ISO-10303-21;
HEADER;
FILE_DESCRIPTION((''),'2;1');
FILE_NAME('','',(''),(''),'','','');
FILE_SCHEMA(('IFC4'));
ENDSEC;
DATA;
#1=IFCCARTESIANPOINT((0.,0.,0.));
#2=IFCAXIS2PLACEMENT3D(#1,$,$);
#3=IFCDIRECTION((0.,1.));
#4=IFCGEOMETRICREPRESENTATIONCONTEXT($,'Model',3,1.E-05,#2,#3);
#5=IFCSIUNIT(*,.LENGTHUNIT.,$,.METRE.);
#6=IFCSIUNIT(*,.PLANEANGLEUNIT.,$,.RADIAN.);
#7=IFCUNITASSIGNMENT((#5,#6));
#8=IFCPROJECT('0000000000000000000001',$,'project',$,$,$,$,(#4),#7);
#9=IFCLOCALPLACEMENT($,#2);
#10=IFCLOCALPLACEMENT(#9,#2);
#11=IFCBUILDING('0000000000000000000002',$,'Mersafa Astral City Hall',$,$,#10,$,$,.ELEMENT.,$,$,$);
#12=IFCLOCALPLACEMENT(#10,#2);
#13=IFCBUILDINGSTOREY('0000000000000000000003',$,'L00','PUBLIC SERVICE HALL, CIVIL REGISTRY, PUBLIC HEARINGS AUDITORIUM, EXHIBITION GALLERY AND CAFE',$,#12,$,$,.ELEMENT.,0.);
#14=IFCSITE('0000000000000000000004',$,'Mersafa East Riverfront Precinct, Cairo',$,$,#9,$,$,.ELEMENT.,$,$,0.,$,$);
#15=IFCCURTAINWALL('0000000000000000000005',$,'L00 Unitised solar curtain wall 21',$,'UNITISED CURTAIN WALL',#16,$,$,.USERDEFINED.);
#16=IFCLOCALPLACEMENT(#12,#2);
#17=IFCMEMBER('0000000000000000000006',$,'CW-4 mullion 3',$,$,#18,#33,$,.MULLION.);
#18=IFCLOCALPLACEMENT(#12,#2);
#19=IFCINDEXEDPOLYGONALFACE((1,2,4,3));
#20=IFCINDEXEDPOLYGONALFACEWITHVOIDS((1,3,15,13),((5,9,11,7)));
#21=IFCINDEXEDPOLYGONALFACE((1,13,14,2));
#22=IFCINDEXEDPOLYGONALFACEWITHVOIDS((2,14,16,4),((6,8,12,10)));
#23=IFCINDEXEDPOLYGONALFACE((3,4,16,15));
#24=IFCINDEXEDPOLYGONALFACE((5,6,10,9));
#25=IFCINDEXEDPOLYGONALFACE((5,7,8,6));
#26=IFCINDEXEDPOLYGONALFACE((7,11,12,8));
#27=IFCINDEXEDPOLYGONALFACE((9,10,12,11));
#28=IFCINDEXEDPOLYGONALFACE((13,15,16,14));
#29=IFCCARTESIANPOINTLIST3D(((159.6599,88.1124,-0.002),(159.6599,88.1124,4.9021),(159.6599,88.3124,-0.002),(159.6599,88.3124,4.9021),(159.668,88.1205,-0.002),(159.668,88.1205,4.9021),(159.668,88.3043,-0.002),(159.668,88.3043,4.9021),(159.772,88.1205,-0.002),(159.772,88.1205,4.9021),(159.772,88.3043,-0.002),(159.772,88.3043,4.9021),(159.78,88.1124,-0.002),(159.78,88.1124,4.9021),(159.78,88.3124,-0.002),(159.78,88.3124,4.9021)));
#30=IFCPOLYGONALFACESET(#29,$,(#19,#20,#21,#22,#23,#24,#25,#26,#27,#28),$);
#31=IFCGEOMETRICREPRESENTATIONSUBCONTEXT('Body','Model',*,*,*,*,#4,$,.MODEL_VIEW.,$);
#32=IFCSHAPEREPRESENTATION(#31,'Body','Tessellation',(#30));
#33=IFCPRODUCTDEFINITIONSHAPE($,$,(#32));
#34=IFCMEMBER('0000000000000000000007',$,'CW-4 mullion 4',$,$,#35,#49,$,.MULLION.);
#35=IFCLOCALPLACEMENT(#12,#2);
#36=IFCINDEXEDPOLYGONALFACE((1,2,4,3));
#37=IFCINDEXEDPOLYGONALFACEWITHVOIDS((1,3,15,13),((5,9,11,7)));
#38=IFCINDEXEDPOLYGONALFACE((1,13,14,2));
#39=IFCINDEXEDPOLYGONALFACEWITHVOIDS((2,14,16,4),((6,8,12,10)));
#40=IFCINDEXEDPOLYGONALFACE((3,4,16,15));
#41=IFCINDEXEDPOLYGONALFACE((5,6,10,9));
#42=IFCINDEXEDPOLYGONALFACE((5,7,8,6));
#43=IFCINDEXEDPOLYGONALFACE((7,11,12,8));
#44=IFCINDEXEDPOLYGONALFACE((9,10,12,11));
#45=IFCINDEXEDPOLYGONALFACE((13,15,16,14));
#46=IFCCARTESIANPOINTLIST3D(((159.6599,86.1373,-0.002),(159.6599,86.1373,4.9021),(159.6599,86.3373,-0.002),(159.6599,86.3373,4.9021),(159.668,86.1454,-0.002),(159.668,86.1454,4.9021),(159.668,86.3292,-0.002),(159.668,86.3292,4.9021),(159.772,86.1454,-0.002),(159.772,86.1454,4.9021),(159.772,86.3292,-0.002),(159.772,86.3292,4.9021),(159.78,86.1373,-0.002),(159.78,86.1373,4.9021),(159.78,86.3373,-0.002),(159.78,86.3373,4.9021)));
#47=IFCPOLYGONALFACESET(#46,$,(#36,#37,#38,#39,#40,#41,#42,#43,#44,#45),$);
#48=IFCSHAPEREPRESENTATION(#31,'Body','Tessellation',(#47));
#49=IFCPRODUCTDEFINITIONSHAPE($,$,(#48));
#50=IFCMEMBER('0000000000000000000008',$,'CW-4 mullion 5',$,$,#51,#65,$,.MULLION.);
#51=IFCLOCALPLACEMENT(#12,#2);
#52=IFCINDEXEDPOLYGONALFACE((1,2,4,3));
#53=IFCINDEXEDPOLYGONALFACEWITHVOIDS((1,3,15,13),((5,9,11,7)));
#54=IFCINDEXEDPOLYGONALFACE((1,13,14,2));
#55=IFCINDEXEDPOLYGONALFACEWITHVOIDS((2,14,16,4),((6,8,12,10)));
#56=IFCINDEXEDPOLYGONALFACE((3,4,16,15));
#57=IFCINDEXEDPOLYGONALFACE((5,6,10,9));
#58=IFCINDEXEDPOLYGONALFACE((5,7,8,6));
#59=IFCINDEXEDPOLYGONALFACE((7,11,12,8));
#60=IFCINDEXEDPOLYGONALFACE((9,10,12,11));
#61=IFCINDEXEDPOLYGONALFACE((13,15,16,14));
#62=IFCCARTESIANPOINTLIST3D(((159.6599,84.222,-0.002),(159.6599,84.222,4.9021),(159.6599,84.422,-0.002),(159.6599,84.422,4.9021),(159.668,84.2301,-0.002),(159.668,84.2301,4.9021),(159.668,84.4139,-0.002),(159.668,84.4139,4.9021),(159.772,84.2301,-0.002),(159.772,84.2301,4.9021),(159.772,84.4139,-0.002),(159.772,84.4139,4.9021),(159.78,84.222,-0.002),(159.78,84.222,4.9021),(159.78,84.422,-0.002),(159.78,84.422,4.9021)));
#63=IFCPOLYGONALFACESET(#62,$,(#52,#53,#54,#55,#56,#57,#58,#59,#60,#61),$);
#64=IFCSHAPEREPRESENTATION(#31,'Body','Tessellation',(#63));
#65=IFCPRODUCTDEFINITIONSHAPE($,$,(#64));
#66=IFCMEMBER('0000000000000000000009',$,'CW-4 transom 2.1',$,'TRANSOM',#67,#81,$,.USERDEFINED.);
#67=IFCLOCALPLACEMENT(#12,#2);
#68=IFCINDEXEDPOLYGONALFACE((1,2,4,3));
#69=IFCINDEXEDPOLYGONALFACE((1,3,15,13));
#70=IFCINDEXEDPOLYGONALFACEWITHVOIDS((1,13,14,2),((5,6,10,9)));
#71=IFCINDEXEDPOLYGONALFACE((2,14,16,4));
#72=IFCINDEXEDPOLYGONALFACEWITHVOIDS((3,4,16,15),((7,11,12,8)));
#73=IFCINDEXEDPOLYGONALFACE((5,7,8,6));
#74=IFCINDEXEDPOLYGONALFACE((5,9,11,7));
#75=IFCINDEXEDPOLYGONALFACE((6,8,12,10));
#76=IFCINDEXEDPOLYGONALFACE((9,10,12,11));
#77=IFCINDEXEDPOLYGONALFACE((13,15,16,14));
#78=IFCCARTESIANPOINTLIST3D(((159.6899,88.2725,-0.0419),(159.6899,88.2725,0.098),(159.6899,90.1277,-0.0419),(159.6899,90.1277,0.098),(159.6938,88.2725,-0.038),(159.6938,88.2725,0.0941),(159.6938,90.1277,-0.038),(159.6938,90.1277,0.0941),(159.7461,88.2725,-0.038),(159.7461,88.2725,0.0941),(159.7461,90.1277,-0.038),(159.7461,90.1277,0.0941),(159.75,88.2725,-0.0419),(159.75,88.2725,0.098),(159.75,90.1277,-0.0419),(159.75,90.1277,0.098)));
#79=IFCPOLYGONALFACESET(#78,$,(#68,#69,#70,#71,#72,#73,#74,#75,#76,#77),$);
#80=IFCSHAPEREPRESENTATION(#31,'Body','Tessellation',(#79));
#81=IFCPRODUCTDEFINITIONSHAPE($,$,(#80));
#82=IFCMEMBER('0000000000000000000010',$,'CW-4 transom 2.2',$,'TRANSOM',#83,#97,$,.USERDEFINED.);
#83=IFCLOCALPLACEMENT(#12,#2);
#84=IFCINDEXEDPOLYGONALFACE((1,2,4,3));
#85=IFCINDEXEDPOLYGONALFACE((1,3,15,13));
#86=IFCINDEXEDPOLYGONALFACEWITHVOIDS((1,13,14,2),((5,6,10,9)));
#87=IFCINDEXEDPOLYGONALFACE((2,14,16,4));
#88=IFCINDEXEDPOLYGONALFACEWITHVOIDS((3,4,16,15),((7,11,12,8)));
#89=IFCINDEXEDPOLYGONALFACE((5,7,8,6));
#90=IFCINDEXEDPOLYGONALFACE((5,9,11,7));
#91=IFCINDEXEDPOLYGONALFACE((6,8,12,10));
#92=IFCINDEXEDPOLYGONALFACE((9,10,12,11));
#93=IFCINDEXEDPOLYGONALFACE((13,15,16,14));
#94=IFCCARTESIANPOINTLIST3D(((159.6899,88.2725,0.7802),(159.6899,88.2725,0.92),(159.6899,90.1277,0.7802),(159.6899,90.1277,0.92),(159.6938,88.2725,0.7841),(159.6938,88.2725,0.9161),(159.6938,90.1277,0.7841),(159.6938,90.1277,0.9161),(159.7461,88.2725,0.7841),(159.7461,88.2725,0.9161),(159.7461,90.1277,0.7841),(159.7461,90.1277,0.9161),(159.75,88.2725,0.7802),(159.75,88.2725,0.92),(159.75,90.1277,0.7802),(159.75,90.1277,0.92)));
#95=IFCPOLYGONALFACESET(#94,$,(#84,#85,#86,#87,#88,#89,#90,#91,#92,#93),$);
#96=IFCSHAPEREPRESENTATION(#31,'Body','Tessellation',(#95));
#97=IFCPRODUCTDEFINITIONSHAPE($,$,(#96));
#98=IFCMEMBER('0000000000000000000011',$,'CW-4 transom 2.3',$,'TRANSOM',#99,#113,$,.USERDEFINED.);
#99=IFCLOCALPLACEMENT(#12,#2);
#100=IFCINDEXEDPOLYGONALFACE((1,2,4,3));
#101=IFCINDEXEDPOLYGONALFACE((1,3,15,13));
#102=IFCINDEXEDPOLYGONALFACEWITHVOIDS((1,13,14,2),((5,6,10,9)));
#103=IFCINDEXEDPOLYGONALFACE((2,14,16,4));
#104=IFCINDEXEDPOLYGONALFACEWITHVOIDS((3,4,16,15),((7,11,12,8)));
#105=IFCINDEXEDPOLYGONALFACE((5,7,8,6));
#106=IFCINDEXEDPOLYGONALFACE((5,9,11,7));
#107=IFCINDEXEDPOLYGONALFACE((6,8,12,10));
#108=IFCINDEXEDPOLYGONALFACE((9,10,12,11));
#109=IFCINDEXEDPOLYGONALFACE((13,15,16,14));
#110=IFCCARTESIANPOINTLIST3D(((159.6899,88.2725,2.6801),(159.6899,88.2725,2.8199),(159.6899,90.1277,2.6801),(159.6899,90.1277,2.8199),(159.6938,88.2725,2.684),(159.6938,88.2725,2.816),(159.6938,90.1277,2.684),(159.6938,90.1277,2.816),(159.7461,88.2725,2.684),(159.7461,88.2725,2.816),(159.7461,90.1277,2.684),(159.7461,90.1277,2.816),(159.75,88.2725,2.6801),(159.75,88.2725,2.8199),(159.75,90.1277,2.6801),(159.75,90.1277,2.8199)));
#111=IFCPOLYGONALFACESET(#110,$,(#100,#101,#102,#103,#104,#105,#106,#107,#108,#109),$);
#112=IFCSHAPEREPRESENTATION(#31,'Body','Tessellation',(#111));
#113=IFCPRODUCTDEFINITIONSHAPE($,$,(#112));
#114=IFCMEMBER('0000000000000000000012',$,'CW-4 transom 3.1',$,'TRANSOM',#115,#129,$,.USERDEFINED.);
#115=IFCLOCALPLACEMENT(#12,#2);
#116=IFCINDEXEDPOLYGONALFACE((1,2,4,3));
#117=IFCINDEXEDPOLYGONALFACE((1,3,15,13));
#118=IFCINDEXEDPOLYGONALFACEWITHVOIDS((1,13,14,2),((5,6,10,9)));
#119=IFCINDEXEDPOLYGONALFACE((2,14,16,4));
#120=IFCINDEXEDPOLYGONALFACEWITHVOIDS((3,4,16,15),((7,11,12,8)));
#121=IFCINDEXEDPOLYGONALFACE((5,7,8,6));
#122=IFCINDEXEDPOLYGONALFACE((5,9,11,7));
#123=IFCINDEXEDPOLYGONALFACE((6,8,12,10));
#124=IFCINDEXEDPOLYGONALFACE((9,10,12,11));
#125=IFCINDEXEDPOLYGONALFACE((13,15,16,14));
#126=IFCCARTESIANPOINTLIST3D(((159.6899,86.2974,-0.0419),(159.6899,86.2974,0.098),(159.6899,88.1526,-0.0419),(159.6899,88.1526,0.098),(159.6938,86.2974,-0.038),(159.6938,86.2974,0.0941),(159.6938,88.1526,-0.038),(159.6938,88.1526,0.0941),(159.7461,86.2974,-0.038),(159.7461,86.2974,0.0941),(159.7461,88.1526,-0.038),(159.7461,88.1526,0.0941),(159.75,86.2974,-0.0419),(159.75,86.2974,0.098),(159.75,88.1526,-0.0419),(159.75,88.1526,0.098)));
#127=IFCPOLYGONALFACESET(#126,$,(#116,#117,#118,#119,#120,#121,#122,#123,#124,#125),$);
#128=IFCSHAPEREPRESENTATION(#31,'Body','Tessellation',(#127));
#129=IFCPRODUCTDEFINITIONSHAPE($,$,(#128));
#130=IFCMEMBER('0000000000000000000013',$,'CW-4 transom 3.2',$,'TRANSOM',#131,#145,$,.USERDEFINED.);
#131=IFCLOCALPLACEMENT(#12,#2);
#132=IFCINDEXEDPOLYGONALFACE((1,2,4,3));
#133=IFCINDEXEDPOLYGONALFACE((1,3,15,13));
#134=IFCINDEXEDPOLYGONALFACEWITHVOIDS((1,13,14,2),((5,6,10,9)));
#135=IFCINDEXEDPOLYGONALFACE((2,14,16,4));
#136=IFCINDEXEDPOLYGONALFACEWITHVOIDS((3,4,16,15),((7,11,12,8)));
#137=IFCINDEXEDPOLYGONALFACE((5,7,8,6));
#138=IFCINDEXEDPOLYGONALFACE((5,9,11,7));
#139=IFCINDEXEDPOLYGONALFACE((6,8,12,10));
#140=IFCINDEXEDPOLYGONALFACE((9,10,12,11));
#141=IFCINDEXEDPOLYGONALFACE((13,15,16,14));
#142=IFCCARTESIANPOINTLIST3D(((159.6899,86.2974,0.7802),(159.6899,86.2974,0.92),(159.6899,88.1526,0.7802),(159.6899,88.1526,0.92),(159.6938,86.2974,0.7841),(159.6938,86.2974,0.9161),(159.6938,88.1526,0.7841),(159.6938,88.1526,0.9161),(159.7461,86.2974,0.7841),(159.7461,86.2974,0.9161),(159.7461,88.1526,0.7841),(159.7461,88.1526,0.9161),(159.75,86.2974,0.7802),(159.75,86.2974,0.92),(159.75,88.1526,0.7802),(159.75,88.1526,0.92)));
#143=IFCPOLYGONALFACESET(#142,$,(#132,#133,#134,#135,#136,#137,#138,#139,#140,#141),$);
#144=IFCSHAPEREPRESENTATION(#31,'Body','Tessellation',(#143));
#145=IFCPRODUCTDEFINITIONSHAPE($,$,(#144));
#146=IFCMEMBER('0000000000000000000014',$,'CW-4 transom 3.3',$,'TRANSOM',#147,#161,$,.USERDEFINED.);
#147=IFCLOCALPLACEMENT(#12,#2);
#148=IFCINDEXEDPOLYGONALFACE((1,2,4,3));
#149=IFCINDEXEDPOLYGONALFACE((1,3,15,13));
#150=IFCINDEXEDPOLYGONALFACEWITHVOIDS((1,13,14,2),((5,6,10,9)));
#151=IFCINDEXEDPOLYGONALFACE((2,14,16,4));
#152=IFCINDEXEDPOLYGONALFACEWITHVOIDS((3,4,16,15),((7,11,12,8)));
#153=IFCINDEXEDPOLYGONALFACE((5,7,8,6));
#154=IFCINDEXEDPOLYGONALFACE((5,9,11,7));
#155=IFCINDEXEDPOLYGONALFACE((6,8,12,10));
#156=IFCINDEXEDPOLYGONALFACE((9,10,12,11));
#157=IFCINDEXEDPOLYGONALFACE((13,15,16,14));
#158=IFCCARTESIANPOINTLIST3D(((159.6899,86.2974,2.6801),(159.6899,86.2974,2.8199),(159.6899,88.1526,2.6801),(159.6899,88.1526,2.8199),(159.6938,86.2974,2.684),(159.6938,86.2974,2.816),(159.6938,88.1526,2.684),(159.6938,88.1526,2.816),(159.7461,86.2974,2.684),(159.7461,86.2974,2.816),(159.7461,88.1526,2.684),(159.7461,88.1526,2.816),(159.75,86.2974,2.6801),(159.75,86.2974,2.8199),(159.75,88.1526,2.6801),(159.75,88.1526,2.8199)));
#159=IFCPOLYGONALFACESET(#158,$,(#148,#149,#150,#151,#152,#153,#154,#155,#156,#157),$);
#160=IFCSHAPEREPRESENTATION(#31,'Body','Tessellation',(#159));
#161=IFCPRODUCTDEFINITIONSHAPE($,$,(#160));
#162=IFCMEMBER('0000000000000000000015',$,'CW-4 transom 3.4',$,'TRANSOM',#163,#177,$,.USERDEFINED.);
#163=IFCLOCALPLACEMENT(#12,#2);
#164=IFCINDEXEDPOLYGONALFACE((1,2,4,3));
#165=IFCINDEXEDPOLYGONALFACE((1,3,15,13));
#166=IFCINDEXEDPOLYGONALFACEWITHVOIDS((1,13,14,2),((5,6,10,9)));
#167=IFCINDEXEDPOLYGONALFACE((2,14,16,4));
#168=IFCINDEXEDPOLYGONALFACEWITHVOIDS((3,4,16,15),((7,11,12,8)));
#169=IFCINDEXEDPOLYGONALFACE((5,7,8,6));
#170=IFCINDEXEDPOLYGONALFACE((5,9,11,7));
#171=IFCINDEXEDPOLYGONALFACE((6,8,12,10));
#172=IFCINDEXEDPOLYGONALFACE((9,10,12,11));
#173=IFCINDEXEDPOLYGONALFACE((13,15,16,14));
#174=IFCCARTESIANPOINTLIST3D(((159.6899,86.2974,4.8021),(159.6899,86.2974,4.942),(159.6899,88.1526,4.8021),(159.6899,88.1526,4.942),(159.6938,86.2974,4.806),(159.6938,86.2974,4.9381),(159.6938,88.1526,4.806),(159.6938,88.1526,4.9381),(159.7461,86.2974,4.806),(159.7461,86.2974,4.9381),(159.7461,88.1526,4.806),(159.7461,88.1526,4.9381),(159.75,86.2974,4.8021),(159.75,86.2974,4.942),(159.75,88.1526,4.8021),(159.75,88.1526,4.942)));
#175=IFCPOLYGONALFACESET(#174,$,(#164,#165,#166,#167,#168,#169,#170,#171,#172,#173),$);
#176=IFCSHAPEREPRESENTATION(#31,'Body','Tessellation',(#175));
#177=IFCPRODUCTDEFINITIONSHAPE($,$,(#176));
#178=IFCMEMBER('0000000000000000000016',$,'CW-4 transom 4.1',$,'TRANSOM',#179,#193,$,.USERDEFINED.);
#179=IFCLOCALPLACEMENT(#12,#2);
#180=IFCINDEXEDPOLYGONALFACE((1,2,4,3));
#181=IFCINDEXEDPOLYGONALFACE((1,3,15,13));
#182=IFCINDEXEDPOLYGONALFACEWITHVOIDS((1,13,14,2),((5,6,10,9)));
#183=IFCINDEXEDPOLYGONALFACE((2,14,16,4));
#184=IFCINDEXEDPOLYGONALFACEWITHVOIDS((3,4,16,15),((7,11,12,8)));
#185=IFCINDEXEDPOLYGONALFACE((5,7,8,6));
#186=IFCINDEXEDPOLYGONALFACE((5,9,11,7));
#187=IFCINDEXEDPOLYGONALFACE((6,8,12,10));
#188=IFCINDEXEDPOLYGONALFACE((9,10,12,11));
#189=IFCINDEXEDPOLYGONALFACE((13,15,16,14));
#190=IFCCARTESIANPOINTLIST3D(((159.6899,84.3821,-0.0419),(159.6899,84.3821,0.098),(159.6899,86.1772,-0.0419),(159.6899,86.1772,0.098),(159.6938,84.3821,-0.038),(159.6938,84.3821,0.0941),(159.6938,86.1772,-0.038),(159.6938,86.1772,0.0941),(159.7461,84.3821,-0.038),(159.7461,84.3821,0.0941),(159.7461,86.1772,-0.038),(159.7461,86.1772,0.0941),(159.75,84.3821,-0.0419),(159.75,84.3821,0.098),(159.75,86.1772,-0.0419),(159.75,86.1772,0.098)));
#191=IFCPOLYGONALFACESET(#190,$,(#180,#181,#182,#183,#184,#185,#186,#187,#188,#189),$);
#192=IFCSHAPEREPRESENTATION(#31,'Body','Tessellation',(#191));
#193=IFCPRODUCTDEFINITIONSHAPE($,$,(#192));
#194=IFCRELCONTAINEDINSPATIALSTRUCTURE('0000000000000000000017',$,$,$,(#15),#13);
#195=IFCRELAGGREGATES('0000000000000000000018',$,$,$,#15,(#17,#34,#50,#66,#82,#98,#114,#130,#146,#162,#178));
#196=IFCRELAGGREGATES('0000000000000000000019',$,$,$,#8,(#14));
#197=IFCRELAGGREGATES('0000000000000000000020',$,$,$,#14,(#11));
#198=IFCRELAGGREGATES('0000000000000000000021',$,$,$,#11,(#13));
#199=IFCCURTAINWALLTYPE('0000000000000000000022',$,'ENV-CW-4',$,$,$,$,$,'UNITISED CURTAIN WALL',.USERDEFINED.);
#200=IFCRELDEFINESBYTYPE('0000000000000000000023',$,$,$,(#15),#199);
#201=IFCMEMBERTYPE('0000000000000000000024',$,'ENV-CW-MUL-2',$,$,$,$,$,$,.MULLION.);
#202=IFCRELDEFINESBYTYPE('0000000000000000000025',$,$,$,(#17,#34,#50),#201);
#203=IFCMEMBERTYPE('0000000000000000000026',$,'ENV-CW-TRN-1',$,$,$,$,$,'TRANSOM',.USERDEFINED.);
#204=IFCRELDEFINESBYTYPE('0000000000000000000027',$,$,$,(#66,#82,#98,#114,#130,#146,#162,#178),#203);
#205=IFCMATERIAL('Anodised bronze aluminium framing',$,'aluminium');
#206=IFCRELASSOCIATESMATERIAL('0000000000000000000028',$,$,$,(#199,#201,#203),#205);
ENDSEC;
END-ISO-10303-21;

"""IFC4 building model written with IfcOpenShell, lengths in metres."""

from ifc_helpers import new_model, si_unit, direction, frame, origin, origin_2d, place, context, subcontext, project, spatial, hollow_rectangle, extrude, material, material_profile, profile_set, type_object, element, aggregate, save


model = new_model("IFC4")

# Units and contexts
model_context = context("Model", 3, precision=1e-05, world=origin(), true_north=direction((0.0, 1.0)))
body_context = subcontext(model_context, "Body", "Model", "MODEL_VIEW")
ifc_project = project(units=[si_unit("LENGTHUNIT", "METRE"), si_unit("PLANEANGLEUNIT", "RADIAN")], contexts=[model_context])

# Site, building, storey
site_placement = place(None, origin())
site = spatial("IfcSite", under=ifc_project, at=site_placement, Name="Mersafa East Riverfront Precinct, Cairo", CompositionType="ELEMENT", RefElevation=0.0)
building_placement = place(site_placement, origin())
building = spatial("IfcBuilding", under=site, at=building_placement, Name="Mersafa Astral City Hall", CompositionType="ELEMENT")
storey_placement = place(building_placement, origin())
storey = spatial("IfcBuildingStorey", under=building, at=storey_placement, Name="L00", Description="PUBLIC SERVICE HALL, CIVIL REGISTRY, PUBLIC HEARINGS AUDITORIUM, EXHIBITION GALLERY AND CAFE", CompositionType="ELEMENT", Elevation=0.0)

# Curtain wall, members
ifc_material_1 = material(Name="Anodised bronze aluminium framing", Category="aluminium")
curtain_wall_type = type_object("IfcCurtainWallType", Name="ENV-CW-4", ElementType="UNITISED CURTAIN WALL", PredefinedType="USERDEFINED", material=ifc_material_1)
curtain_wall_placement = place(storey_placement, origin())
curtain_wall = element("IfcCurtainWall", 1, at=curtain_wall_placement, inside=storey, type_object=curtain_wall_type, Name="L00 Unitised solar curtain wall 21", ObjectType="UNITISED CURTAIN WALL", PredefinedType="USERDEFINED")
ifc_material_profile_1 = material_profile(ifc_material_1, hollow_rectangle(XDim=0.1201, YDim=0.2, WallThickness=0.0081, at=origin_2d()), Name="RHS 120x200x8")
ifc_profile_set_1 = profile_set([ifc_material_profile_1], Name="Anodised bronze aluminium framing")
member_type_1 = type_object("IfcMemberType", Name="ENV-CW-MUL-2", PredefinedType="MULLION", material=ifc_profile_set_1)
member_1_placement = place(storey_placement, frame((159.72, 88.2124, -0.002), z_axis=(0.0, 0.0, 1.0), x_axis=(1.0, 0.0, 0.0)))
member_1 = element("IfcMember", 2, at=member_1_placement, type_object=member_type_1, Name="CW-4 mullion 3", PredefinedType="MULLION", context=body_context, shape_type="SweptSolid", body=[
    extrude(hollow_rectangle(XDim=0.1201, YDim=0.2, WallThickness=0.0081, at=origin_2d()), origin(), (0.0, 0.0, 1.0), 4.9041),
])
member_2_placement = place(storey_placement, frame((159.72, 86.2373, -0.002), z_axis=(0.0, 0.0, 1.0), x_axis=(1.0, 0.0, 0.0)))
member_2 = element("IfcMember", 3, at=member_2_placement, type_object=member_type_1, Name="CW-4 mullion 4", PredefinedType="MULLION", context=body_context, shape_type="SweptSolid", body=[
    extrude(hollow_rectangle(XDim=0.1201, YDim=0.2, WallThickness=0.0081, at=origin_2d()), origin(), (0.0, 0.0, 1.0), 4.9041),
])
member_3_placement = place(storey_placement, frame((159.72, 84.322, -0.002), z_axis=(0.0, 0.0, 1.0), x_axis=(1.0, 0.0, 0.0)))
member_3 = element("IfcMember", 4, at=member_3_placement, type_object=member_type_1, Name="CW-4 mullion 5", PredefinedType="MULLION", context=body_context, shape_type="SweptSolid", body=[
    extrude(hollow_rectangle(XDim=0.1201, YDim=0.2, WallThickness=0.0081, at=origin_2d()), origin(), (0.0, 0.0, 1.0), 4.9041),
])
ifc_material_profile_2 = material_profile(ifc_material_1, hollow_rectangle(XDim=0.0601, YDim=0.1399, WallThickness=0.0039, at=origin_2d()), Name="RHS 60x140x4")
ifc_profile_set_2 = profile_set([ifc_material_profile_2], Name="Anodised bronze aluminium framing")
member_type_2 = type_object("IfcMemberType", Name="ENV-CW-TRN-1", ElementType="TRANSOM", PredefinedType="USERDEFINED", material=ifc_profile_set_2)
member_4_placement = place(storey_placement, frame((159.72, 90.1277, 0.0281), z_axis=(0.0, -1.0, 0.0), x_axis=(1.0, 0.0, 0.0)))
member_4 = element("IfcMember", 5, at=member_4_placement, type_object=member_type_2, Name="CW-4 transom 2.1", ObjectType="TRANSOM", PredefinedType="USERDEFINED", context=body_context, shape_type="SweptSolid", body=[
    extrude(hollow_rectangle(XDim=0.0601, YDim=0.1399, WallThickness=0.0039, at=origin_2d()), origin(), (0.0, 0.0, 1.0), 1.8552),
])
member_5_placement = place(storey_placement, frame((159.72, 90.1277, 0.8501), z_axis=(0.0, -1.0, 0.0), x_axis=(1.0, 0.0, 0.0)))
member_5 = element("IfcMember", 6, at=member_5_placement, type_object=member_type_2, Name="CW-4 transom 2.2", ObjectType="TRANSOM", PredefinedType="USERDEFINED", context=body_context, shape_type="SweptSolid", body=[
    extrude(hollow_rectangle(XDim=0.0601, YDim=0.1399, WallThickness=0.0039, at=origin_2d()), origin(), (0.0, 0.0, 1.0), 1.8552),
])
member_6_placement = place(storey_placement, frame((159.72, 90.1277, 2.75), z_axis=(0.0, -1.0, 0.0), x_axis=(1.0, 0.0, 0.0)))
member_6 = element("IfcMember", 7, at=member_6_placement, type_object=member_type_2, Name="CW-4 transom 2.3", ObjectType="TRANSOM", PredefinedType="USERDEFINED", context=body_context, shape_type="SweptSolid", body=[
    extrude(hollow_rectangle(XDim=0.0601, YDim=0.1399, WallThickness=0.0039, at=origin_2d()), origin(), (0.0, 0.0, 1.0), 1.8552),
])
member_7_placement = place(storey_placement, frame((159.72, 88.1526, 0.0281), z_axis=(0.0, -1.0, 0.0), x_axis=(1.0, 0.0, 0.0)))
member_7 = element("IfcMember", 8, at=member_7_placement, type_object=member_type_2, Name="CW-4 transom 3.1", ObjectType="TRANSOM", PredefinedType="USERDEFINED", context=body_context, shape_type="SweptSolid", body=[
    extrude(hollow_rectangle(XDim=0.0601, YDim=0.1399, WallThickness=0.0039, at=origin_2d()), origin(), (0.0, 0.0, 1.0), 1.8552),
])
member_8_placement = place(storey_placement, frame((159.72, 88.1526, 0.8501), z_axis=(0.0, -1.0, 0.0), x_axis=(1.0, 0.0, 0.0)))
member_8 = element("IfcMember", 9, at=member_8_placement, type_object=member_type_2, Name="CW-4 transom 3.2", ObjectType="TRANSOM", PredefinedType="USERDEFINED", context=body_context, shape_type="SweptSolid", body=[
    extrude(hollow_rectangle(XDim=0.0601, YDim=0.1399, WallThickness=0.0039, at=origin_2d()), origin(), (0.0, 0.0, 1.0), 1.8552),
])
member_9_placement = place(storey_placement, frame((159.72, 88.1526, 2.75), z_axis=(0.0, -1.0, 0.0), x_axis=(1.0, 0.0, 0.0)))
member_9 = element("IfcMember", 10, at=member_9_placement, type_object=member_type_2, Name="CW-4 transom 3.3", ObjectType="TRANSOM", PredefinedType="USERDEFINED", context=body_context, shape_type="SweptSolid", body=[
    extrude(hollow_rectangle(XDim=0.0601, YDim=0.1399, WallThickness=0.0039, at=origin_2d()), origin(), (0.0, 0.0, 1.0), 1.8552),
])
member_10_placement = place(storey_placement, frame((159.72, 88.1526, 4.8721), z_axis=(0.0, -1.0, 0.0), x_axis=(1.0, 0.0, 0.0)))
member_10 = element("IfcMember", 11, at=member_10_placement, type_object=member_type_2, Name="CW-4 transom 3.4", ObjectType="TRANSOM", PredefinedType="USERDEFINED", context=body_context, shape_type="SweptSolid", body=[
    extrude(hollow_rectangle(XDim=0.0601, YDim=0.1399, WallThickness=0.0039, at=origin_2d()), origin(), (0.0, 0.0, 1.0), 1.8552),
])
member_11_placement = place(storey_placement, frame((159.72, 86.1772, 0.0281), z_axis=(0.0, -1.0, 0.0), x_axis=(1.0, 0.0, 0.0)))
member_11 = element("IfcMember", 12, at=member_11_placement, type_object=member_type_2, Name="CW-4 transom 4.1", ObjectType="TRANSOM", PredefinedType="USERDEFINED", context=body_context, shape_type="SweptSolid", body=[
    extrude(hollow_rectangle(XDim=0.0601, YDim=0.1399, WallThickness=0.0039, at=origin_2d()), origin(), (0.0, 0.0, 1.0), 1.7952),
])

aggregate(curtain_wall, [member_1, member_2, member_3, member_4, member_5, member_6, member_7, member_8, member_9, member_10, member_11])

save(model, "model.ifc")
